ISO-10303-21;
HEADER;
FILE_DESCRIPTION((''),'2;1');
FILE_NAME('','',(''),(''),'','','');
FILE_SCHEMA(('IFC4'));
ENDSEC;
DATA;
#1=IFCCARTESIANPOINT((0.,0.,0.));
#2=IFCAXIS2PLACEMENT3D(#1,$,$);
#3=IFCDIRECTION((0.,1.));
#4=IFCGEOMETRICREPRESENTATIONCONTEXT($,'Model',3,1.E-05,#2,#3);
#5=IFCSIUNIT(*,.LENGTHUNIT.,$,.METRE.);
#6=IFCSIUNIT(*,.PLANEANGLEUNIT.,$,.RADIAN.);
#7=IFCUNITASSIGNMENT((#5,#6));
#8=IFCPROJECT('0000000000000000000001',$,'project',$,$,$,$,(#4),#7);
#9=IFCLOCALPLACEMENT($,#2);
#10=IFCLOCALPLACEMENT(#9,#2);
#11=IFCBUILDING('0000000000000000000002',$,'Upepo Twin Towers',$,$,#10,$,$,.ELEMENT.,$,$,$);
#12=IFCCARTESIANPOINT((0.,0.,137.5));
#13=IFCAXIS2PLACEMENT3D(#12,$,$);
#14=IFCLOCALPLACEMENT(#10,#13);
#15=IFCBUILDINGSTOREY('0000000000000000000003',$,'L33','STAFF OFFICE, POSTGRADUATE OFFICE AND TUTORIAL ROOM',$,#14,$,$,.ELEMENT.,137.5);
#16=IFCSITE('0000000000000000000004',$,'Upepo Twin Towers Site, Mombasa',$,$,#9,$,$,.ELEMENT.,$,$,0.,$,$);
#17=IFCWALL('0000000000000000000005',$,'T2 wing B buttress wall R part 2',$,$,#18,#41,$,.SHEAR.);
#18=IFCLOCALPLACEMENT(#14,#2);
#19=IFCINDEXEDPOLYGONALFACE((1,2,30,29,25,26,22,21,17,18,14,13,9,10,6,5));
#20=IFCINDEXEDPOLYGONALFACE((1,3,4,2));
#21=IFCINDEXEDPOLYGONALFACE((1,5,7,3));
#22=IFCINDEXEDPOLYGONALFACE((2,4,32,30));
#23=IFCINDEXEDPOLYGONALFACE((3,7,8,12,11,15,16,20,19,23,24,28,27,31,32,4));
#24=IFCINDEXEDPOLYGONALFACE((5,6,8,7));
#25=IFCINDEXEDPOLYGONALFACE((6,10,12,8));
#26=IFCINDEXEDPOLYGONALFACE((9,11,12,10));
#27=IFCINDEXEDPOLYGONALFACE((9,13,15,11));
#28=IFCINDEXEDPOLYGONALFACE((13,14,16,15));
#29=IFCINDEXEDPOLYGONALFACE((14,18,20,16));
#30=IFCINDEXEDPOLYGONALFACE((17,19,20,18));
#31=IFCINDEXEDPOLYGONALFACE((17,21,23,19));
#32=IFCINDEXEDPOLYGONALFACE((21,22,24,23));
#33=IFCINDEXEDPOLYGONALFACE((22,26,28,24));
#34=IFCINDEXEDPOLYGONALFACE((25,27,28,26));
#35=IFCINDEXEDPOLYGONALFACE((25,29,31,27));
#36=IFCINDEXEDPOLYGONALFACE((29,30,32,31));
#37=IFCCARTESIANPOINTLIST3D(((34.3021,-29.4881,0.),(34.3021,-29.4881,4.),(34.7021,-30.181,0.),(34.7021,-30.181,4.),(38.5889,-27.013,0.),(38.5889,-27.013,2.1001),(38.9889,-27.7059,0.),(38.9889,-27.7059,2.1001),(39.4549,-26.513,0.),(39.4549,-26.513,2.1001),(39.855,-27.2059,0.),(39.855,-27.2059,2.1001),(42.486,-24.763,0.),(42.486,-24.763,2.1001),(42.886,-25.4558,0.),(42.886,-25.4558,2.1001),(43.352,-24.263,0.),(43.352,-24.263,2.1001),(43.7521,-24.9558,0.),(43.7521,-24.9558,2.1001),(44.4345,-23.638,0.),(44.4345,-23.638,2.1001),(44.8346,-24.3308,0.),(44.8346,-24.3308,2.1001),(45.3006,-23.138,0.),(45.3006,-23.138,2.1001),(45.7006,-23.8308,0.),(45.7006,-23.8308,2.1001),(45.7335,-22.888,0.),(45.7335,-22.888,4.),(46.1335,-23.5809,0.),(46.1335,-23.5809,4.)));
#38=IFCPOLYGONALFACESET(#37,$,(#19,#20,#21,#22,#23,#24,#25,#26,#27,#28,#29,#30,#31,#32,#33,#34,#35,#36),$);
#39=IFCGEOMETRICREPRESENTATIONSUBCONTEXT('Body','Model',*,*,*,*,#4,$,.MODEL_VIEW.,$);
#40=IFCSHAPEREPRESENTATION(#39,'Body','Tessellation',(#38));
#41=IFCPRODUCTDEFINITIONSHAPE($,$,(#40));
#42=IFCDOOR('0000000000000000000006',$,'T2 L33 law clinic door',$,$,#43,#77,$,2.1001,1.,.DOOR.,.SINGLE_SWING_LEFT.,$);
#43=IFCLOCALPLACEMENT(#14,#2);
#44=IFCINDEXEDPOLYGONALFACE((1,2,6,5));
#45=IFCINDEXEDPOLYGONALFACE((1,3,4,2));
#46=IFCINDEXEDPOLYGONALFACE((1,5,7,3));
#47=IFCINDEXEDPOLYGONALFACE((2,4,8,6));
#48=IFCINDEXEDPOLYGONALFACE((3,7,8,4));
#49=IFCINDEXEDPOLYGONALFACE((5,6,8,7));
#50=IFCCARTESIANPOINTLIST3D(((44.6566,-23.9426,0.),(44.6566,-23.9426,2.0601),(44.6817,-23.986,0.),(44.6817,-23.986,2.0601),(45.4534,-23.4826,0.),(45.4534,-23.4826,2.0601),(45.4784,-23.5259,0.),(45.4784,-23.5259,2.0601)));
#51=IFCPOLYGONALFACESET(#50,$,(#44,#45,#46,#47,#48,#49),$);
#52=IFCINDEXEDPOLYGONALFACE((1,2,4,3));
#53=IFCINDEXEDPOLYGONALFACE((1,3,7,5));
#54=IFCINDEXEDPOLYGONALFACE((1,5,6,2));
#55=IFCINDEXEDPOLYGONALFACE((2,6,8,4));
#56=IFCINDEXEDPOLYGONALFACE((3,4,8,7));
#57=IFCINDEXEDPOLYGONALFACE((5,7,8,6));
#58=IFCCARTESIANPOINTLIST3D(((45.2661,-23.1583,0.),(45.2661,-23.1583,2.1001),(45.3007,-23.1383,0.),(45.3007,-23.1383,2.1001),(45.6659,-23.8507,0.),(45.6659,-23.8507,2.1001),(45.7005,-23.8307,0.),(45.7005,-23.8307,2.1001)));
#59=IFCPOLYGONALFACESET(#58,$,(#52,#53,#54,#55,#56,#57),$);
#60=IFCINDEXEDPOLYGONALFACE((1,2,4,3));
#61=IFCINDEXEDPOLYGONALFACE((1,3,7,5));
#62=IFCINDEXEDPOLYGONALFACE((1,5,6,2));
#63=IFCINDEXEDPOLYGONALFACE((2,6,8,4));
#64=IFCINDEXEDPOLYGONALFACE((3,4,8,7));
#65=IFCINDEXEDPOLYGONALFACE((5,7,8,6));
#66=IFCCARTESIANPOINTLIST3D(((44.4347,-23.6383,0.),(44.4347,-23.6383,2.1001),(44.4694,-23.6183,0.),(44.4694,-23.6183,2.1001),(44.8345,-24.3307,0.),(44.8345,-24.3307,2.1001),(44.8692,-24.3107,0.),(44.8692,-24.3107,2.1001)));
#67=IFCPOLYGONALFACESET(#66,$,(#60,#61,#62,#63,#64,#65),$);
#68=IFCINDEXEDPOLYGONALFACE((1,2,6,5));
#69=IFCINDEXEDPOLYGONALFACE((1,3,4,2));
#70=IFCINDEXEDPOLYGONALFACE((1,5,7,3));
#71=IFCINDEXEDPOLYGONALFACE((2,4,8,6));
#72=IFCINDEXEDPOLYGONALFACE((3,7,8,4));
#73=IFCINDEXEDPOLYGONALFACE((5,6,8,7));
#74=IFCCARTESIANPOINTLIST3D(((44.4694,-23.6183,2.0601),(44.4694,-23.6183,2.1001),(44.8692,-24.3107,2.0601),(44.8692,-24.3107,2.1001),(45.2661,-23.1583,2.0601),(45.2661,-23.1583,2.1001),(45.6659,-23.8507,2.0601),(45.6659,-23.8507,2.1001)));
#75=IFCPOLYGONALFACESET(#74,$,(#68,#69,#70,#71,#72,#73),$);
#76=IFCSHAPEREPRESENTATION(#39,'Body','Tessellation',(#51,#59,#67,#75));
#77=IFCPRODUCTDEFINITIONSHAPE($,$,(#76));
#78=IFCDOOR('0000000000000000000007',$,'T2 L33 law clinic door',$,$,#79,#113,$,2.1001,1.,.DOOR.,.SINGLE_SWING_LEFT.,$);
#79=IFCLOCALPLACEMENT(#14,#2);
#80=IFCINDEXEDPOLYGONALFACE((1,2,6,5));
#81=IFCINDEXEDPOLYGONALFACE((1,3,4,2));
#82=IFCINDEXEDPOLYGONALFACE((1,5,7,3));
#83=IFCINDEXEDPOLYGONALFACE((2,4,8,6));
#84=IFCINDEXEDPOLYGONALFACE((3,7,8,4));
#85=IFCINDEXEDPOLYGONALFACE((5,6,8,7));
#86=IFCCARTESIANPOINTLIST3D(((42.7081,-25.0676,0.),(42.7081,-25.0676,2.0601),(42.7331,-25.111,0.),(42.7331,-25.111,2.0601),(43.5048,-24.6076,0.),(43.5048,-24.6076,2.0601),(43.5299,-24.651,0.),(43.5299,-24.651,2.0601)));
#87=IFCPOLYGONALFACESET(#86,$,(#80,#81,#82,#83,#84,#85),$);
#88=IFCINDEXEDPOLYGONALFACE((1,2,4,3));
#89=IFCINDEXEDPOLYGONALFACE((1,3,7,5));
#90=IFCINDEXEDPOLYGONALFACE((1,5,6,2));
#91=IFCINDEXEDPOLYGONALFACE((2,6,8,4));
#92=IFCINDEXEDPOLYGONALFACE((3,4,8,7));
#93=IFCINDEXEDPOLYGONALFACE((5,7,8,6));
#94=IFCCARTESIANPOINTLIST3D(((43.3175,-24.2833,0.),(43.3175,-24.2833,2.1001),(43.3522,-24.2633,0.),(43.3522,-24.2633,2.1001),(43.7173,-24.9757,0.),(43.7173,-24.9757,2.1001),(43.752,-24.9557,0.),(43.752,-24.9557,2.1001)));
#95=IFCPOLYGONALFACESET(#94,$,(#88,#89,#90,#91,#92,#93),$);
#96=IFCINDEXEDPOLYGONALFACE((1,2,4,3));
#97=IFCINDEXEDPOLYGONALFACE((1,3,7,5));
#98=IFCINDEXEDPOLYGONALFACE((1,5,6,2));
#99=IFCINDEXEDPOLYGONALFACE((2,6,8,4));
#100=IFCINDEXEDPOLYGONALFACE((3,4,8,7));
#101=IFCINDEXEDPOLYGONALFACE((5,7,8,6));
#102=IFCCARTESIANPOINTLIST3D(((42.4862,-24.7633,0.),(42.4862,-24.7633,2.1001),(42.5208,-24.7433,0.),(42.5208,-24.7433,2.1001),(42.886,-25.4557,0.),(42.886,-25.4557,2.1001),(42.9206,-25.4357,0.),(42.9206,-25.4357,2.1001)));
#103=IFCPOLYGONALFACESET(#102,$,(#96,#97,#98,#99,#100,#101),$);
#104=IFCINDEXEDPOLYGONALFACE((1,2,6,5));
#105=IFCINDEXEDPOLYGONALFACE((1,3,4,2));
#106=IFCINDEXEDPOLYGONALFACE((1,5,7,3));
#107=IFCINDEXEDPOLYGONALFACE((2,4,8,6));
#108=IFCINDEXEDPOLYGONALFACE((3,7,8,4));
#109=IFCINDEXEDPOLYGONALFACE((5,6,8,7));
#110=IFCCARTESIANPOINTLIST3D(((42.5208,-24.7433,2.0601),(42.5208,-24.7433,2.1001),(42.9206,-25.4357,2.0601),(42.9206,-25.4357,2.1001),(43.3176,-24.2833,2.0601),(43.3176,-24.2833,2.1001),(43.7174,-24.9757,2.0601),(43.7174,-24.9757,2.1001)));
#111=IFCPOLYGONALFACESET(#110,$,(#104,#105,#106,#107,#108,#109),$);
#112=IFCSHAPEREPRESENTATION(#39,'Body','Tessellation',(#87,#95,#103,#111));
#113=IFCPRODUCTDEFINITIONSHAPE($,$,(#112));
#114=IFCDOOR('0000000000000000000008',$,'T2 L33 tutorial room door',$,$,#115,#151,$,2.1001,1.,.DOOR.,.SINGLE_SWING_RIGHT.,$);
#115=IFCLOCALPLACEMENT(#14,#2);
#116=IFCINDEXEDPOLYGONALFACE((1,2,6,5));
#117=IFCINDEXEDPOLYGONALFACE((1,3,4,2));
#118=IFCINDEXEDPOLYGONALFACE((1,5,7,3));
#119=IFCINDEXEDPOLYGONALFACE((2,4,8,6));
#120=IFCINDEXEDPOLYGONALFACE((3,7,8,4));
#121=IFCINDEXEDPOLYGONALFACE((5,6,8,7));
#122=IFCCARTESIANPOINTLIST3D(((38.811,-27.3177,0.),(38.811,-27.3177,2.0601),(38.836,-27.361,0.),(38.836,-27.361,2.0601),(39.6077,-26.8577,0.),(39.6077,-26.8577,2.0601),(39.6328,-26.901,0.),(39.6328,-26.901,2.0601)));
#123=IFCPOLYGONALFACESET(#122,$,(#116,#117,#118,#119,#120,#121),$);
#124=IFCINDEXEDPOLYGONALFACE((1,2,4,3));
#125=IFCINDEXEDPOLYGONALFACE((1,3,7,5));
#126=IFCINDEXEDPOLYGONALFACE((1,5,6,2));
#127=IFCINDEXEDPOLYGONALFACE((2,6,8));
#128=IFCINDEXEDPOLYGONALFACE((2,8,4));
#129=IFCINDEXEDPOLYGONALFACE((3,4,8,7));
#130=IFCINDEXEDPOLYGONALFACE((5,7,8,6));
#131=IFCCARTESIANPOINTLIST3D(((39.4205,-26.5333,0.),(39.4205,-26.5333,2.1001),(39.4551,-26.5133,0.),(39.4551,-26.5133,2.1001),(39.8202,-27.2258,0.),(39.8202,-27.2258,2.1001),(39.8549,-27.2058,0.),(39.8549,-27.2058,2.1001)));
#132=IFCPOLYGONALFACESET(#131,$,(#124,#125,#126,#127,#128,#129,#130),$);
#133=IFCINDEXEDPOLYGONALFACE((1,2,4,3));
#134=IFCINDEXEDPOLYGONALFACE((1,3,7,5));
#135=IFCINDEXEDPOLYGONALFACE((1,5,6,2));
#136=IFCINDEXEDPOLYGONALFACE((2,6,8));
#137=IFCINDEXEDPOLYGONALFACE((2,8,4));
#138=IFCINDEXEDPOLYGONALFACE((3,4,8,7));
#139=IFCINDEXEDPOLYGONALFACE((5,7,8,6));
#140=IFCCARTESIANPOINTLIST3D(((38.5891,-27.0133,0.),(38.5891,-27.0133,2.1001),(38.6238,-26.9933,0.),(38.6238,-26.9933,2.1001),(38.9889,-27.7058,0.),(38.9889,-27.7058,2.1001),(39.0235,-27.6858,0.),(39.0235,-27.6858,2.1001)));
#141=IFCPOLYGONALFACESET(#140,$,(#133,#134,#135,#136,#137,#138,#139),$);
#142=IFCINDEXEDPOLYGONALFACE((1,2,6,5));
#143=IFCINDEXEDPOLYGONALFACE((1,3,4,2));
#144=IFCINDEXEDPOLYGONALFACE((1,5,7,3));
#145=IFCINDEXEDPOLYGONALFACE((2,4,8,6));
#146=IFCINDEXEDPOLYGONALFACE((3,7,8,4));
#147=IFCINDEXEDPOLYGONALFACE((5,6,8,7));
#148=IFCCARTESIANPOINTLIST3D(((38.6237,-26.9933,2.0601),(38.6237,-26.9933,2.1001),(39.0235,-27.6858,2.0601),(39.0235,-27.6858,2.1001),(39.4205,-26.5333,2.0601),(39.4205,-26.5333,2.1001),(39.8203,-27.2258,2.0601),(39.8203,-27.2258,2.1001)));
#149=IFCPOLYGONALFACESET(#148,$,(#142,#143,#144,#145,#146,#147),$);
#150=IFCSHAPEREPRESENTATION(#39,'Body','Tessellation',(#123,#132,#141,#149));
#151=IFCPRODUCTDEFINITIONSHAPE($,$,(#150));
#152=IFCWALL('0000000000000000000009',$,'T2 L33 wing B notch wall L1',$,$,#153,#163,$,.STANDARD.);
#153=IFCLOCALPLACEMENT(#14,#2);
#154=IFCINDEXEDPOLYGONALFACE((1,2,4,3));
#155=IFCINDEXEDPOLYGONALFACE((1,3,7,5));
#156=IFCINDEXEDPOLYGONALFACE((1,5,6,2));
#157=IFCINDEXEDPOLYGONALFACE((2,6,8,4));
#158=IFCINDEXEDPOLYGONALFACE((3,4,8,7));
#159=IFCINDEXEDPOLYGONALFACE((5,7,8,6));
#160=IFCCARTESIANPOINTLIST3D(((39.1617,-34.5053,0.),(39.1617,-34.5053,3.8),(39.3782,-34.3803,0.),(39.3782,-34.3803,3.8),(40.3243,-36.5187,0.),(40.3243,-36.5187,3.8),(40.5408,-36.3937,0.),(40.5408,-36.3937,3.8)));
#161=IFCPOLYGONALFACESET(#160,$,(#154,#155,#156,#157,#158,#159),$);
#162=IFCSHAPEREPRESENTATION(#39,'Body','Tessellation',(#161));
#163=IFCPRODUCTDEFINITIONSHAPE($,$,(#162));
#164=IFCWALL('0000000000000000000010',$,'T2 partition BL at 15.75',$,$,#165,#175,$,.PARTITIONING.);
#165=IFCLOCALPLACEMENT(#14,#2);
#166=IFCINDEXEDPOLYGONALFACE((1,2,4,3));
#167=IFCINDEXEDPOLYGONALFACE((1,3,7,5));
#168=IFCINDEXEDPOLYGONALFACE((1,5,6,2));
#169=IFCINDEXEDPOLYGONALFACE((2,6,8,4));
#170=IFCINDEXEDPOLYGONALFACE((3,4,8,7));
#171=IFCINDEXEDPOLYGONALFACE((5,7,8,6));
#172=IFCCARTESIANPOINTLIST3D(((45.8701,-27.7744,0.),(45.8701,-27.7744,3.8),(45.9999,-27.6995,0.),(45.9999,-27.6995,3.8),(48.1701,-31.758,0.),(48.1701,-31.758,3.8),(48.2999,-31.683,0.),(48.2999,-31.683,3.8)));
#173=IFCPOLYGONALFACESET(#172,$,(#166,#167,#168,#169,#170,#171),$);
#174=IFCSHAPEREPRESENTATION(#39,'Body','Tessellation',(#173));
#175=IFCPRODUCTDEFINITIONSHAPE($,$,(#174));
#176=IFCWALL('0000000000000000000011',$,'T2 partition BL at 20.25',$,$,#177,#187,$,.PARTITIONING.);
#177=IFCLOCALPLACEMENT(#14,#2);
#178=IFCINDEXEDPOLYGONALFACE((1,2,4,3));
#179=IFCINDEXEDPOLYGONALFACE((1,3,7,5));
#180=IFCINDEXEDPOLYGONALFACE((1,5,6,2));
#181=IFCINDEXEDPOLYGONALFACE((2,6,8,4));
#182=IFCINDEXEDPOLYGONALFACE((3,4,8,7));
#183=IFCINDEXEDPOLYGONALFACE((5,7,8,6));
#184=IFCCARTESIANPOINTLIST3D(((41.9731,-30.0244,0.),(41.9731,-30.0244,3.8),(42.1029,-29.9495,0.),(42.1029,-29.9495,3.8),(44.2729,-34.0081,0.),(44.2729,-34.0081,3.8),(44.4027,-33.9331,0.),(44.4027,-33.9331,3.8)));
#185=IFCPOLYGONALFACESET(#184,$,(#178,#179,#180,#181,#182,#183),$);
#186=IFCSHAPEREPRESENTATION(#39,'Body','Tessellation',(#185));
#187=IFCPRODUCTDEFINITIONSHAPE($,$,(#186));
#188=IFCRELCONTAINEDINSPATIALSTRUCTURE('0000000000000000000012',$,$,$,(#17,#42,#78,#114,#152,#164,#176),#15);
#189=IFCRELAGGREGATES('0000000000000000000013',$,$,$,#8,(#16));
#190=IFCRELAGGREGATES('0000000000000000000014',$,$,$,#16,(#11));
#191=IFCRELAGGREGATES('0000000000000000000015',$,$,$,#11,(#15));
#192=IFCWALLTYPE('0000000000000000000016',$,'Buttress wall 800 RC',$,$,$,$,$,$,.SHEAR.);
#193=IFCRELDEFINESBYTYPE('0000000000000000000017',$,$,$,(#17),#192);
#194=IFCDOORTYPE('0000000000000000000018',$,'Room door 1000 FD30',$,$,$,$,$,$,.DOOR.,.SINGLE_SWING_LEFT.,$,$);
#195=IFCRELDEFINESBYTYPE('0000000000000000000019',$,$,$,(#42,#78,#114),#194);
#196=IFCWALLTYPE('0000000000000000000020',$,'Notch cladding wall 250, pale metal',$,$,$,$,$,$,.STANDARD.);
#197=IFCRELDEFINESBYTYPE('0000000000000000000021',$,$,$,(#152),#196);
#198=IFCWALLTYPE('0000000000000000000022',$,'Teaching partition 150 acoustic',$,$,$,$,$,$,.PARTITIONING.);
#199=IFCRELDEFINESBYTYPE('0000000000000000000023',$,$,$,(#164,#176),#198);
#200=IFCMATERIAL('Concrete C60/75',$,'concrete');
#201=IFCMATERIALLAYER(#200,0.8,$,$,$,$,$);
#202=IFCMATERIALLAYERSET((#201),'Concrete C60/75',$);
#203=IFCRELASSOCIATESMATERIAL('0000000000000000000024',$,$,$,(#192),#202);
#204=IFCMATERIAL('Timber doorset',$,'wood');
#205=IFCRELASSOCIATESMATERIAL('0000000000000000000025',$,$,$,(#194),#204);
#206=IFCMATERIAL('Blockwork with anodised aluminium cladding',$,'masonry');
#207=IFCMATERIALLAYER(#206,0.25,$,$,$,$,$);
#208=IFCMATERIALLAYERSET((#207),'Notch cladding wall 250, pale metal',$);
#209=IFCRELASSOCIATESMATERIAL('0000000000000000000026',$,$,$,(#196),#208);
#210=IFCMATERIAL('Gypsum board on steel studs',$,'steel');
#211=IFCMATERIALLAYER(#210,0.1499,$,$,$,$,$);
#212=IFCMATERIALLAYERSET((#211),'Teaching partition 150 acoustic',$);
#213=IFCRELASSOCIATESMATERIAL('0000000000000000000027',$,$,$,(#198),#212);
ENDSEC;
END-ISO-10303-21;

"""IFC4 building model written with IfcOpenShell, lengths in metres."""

from ifc_helpers import new_model, si_unit, direction, frame, frame_2d, origin, place, context, subcontext, project, spatial, rectangle, extrude, material, layer, layer_set, type_object, element, fill, save


model = new_model("IFC4")

# Units and contexts
model_context = context("Model", 3, precision=1e-05, world=origin(), true_north=direction((0.0, 1.0)))
body_context = subcontext(model_context, "Body", "Model", "MODEL_VIEW")
ifc_project = project(units=[si_unit("LENGTHUNIT", "METRE"), si_unit("PLANEANGLEUNIT", "RADIAN")], contexts=[model_context])

# Site, building, storey
site_placement = place(None, origin())
site = spatial("IfcSite", under=ifc_project, at=site_placement, Name="Upepo Twin Towers Site, Mombasa", CompositionType="ELEMENT", RefElevation=0.0)
building_placement = place(site_placement, origin())
building = spatial("IfcBuilding", under=site, at=building_placement, Name="Upepo Twin Towers", CompositionType="ELEMENT")
storey_placement = place(building_placement, frame((0.0, 0.0, 137.5)))
storey = spatial("IfcBuildingStorey", under=building, at=storey_placement, Name="L33", Description="STAFF OFFICE, POSTGRADUATE OFFICE AND TUTORIAL ROOM", CompositionType="ELEMENT", Elevation=137.5)

# Wall, openings, doors
ifc_material_1 = material(Name="Concrete C60/75", Category="concrete")
ifc_layer_1 = layer(ifc_material_1, 0.8)
ifc_layer_set_1 = layer_set([ifc_layer_1], Name="Concrete C60/75")
wall_type_1 = type_object("IfcWallType", Name="Buttress wall 800 RC", PredefinedType="SHEAR", material=ifc_layer_set_1)
wall_1_placement = place(storey_placement, frame((45.9336, -23.2344, 0.0), z_axis=(0.0, 0.0, 1.0), x_axis=(-0.86602, -0.50001, 0.0)))
wall_1 = element("IfcWall", 1, at=wall_1_placement, inside=storey, type_object=wall_type_1, Name="T2 wing B buttress wall R part 2", PredefinedType="SHEAR", context=body_context, shape_type="SweptSolid", body=[
    extrude(rectangle(XDim=13.2, YDim=0.8, at=frame_2d((6.6001, 0.0))), origin(), (0.0, 0.0, 1.0), 4.0),
])
opening_1_placement = place(wall_1_placement, frame((0.5, 0.0, 0.0)))
opening_1 = element("IfcOpeningElement", 2, at=opening_1_placement, cuts=wall_1, PredefinedType="OPENING", context=body_context, shape_type="SweptSolid", body=[
    extrude(rectangle(XDim=1.0, YDim=2.1001, at=frame_2d((0.5, 1.05))), frame((0.0, 0.4099, 0.0), z_axis=(0.0, -1.0, 0.0), x_axis=(1.0, 0.0, 0.0)), (0.0, 0.0, 1.0), 0.8201),
])
opening_2_placement = place(wall_1_placement, frame((2.75, 0.0, 0.0)))
opening_2 = element("IfcOpeningElement", 3, at=opening_2_placement, cuts=wall_1, PredefinedType="OPENING", context=body_context, shape_type="SweptSolid", body=[
    extrude(rectangle(XDim=1.0, YDim=2.1001, at=frame_2d((0.5, 1.05))), frame((0.0, 0.4099, 0.0), z_axis=(0.0, -1.0, 0.0), x_axis=(1.0, 0.0, 0.0)), (0.0, 0.0, 1.0), 0.8201),
])
opening_3_placement = place(wall_1_placement, frame((7.25, 0.0, 0.0)))
opening_3 = element("IfcOpeningElement", 4, at=opening_3_placement, cuts=wall_1, PredefinedType="OPENING", context=body_context, shape_type="SweptSolid", body=[
    extrude(rectangle(XDim=1.0, YDim=2.1001, at=frame_2d((0.5, 1.05))), frame((0.0, 0.4099, 0.0), z_axis=(0.0, -1.0, 0.0), x_axis=(1.0, 0.0, 0.0)), (0.0, 0.0, 1.0), 0.8201),
])
ifc_material_2 = material(Name="Timber doorset", Category="wood")
door_type = type_object("IfcDoorType", Name="Room door 1000 FD30", OperationType="SINGLE_SWING_LEFT", PredefinedType="DOOR", material=ifc_material_2)
door_1_placement = place(opening_1_placement, origin())
door_1 = element("IfcDoor", 5, at=door_1_placement, inside=storey, type_object=door_type, Name="T2 L33 law clinic door", OperationType="SINGLE_SWING_LEFT", OverallHeight=2.1001, OverallWidth=1.0, PredefinedType="DOOR", context=body_context, shape_type="SweptSolid", body=[
    extrude(rectangle(XDim=0.92, YDim=2.0601, at=frame_2d((0.5, 1.03))), frame((0.0, 0.0249, 0.0), z_axis=(0.0, -1.0, 0.0), x_axis=(1.0, 0.0, 0.0)), (0.0, 0.0, 1.0), 0.05),
    extrude(rectangle(XDim=0.04, YDim=2.1001, at=frame_2d((0.02, 1.05))), frame((0.0, 0.3999, 0.0), z_axis=(0.0, -1.0, 0.0), x_axis=(1.0, 0.0, 0.0)), (0.0, 0.0, 1.0), 0.7996),
    extrude(rectangle(XDim=0.04, YDim=2.1001, at=frame_2d((0.98, 1.05))), frame((0.0, 0.3999, 0.0), z_axis=(0.0, -1.0, 0.0), x_axis=(1.0, 0.0, 0.0)), (0.0, 0.0, 1.0), 0.7996),
    extrude(rectangle(XDim=0.92, YDim=0.04, at=frame_2d((0.5, 2.0801))), frame((0.0, 0.3999, 0.0), z_axis=(0.0, -1.0, 0.0), x_axis=(1.0, 0.0, 0.0)), (0.0, 0.0, 1.0), 0.7996),
])
fill(opening_1, door_1)
door_2_placement = place(opening_2_placement, origin())
door_2 = element("IfcDoor", 6, at=door_2_placement, inside=storey, type_object=door_type, Name="T2 L33 law clinic door", OperationType="SINGLE_SWING_LEFT", OverallHeight=2.1001, OverallWidth=1.0, PredefinedType="DOOR", context=body_context, shape_type="SweptSolid", body=[
    extrude(rectangle(XDim=0.92, YDim=2.0601, at=frame_2d((0.5, 1.03))), frame((0.0, 0.0249, 0.0), z_axis=(0.0, -1.0, 0.0), x_axis=(1.0, 0.0, 0.0)), (0.0, 0.0, 1.0), 0.05),
    extrude(rectangle(XDim=0.04, YDim=2.1001, at=frame_2d((0.02, 1.05))), frame((0.0, 0.3999, 0.0), z_axis=(0.0, -1.0, 0.0), x_axis=(1.0, 0.0, 0.0)), (0.0, 0.0, 1.0), 0.7996),
    extrude(rectangle(XDim=0.04, YDim=2.1001, at=frame_2d((0.98, 1.05))), frame((0.0, 0.3999, 0.0), z_axis=(0.0, -1.0, 0.0), x_axis=(1.0, 0.0, 0.0)), (0.0, 0.0, 1.0), 0.7996),
    extrude(rectangle(XDim=0.92, YDim=0.04, at=frame_2d((0.5, 2.0801))), frame((0.0, 0.3999, 0.0), z_axis=(0.0, -1.0, 0.0), x_axis=(1.0, 0.0, 0.0)), (0.0, 0.0, 1.0), 0.7996),
])
fill(opening_2, door_2)
door_3_placement = place(opening_3_placement, origin())
door_3 = element("IfcDoor", 7, at=door_3_placement, inside=storey, type_object=door_type, Name="T2 L33 tutorial room door", OperationType="SINGLE_SWING_RIGHT", OverallHeight=2.1001, OverallWidth=1.0, PredefinedType="DOOR", context=body_context, shape_type="SweptSolid", body=[
    extrude(rectangle(XDim=0.92, YDim=2.0601, at=frame_2d((0.5, 1.03))), frame((0.0, 0.0249, 0.0), z_axis=(0.0, -1.0, 0.0), x_axis=(1.0, 0.0, 0.0)), (0.0, 0.0, 1.0), 0.05),
    extrude(rectangle(XDim=0.04, YDim=2.1001, at=frame_2d((0.02, 1.05))), frame((0.0, 0.3999, 0.0), z_axis=(0.0, -1.0, 0.0), x_axis=(1.0, 0.0, 0.0)), (0.0, 0.0, 1.0), 0.7996),
    extrude(rectangle(XDim=0.04, YDim=2.1001, at=frame_2d((0.98, 1.05))), frame((0.0, 0.3999, 0.0), z_axis=(0.0, -1.0, 0.0), x_axis=(1.0, 0.0, 0.0)), (0.0, 0.0, 1.0), 0.7996),
    extrude(rectangle(XDim=0.92, YDim=0.04, at=frame_2d((0.5, 2.0801))), frame((0.0, 0.3999, 0.0), z_axis=(0.0, -1.0, 0.0), x_axis=(1.0, 0.0, 0.0)), (0.0, 0.0, 1.0), 0.7996),
])
fill(opening_3, door_3)

# Walls
ifc_material_3 = material(Name="Blockwork with anodised aluminium cladding", Category="masonry")
ifc_layer_2 = layer(ifc_material_3, 0.25)
ifc_layer_set_2 = layer_set([ifc_layer_2], Name="Notch cladding wall 250, pale metal")
wall_type_2 = type_object("IfcWallType", Name="Notch cladding wall 250, pale metal", PredefinedType="STANDARD", material=ifc_layer_set_2)
wall_2_placement = place(storey_placement, frame((40.4326, -36.4563, 0.0), z_axis=(0.0, 0.0, 1.0), x_axis=(-0.500047, 0.865998, 0.0)))
element("IfcWall", 8, at=wall_2_placement, inside=storey, type_object=wall_type_2, Name="T2 L33 wing B notch wall L1", PredefinedType="STANDARD", context=body_context, shape_type="SweptSolid", body=[
    extrude(rectangle(XDim=2.325, YDim=0.25, at=frame_2d((1.1626, 0.0))), origin(), (0.0, 0.0, 1.0), 3.8),
])
ifc_material_4 = material(Name="Gypsum board on steel studs", Category="steel")
ifc_layer_3 = layer(ifc_material_4, 0.1499)
ifc_layer_set_3 = layer_set([ifc_layer_3], Name="Teaching partition 150 acoustic")
wall_type_3 = type_object("IfcWallType", Name="Teaching partition 150 acoustic", PredefinedType="PARTITIONING", material=ifc_layer_set_3)
for number, where, z_axis, x_axis, name in (
    (9, (45.9351, -27.7371, 0.0), (0.0, 0.0, 1.0), (0.500015, -0.866017, 0.0), "T2 partition BL at 15.75"),
    (10, (42.0381, -29.9871, 0.0), (0.0, 0.0, 1.0), (0.499975, -0.86604, 0.0), "T2 partition BL at 20.25"),
):
    element("IfcWall", number, at=place(storey_placement, frame(where, z_axis=z_axis, x_axis=x_axis)), inside=storey, type_object=wall_type_3, Name=name, PredefinedType="PARTITIONING", context=body_context, shape_type="SweptSolid", body=[
        extrude(rectangle(XDim=4.5999, YDim=0.1499, at=frame_2d((2.2998, 0.0))), origin(), (0.0, 0.0, 1.0), 3.8),
    ])

save(model, "model.ifc")
